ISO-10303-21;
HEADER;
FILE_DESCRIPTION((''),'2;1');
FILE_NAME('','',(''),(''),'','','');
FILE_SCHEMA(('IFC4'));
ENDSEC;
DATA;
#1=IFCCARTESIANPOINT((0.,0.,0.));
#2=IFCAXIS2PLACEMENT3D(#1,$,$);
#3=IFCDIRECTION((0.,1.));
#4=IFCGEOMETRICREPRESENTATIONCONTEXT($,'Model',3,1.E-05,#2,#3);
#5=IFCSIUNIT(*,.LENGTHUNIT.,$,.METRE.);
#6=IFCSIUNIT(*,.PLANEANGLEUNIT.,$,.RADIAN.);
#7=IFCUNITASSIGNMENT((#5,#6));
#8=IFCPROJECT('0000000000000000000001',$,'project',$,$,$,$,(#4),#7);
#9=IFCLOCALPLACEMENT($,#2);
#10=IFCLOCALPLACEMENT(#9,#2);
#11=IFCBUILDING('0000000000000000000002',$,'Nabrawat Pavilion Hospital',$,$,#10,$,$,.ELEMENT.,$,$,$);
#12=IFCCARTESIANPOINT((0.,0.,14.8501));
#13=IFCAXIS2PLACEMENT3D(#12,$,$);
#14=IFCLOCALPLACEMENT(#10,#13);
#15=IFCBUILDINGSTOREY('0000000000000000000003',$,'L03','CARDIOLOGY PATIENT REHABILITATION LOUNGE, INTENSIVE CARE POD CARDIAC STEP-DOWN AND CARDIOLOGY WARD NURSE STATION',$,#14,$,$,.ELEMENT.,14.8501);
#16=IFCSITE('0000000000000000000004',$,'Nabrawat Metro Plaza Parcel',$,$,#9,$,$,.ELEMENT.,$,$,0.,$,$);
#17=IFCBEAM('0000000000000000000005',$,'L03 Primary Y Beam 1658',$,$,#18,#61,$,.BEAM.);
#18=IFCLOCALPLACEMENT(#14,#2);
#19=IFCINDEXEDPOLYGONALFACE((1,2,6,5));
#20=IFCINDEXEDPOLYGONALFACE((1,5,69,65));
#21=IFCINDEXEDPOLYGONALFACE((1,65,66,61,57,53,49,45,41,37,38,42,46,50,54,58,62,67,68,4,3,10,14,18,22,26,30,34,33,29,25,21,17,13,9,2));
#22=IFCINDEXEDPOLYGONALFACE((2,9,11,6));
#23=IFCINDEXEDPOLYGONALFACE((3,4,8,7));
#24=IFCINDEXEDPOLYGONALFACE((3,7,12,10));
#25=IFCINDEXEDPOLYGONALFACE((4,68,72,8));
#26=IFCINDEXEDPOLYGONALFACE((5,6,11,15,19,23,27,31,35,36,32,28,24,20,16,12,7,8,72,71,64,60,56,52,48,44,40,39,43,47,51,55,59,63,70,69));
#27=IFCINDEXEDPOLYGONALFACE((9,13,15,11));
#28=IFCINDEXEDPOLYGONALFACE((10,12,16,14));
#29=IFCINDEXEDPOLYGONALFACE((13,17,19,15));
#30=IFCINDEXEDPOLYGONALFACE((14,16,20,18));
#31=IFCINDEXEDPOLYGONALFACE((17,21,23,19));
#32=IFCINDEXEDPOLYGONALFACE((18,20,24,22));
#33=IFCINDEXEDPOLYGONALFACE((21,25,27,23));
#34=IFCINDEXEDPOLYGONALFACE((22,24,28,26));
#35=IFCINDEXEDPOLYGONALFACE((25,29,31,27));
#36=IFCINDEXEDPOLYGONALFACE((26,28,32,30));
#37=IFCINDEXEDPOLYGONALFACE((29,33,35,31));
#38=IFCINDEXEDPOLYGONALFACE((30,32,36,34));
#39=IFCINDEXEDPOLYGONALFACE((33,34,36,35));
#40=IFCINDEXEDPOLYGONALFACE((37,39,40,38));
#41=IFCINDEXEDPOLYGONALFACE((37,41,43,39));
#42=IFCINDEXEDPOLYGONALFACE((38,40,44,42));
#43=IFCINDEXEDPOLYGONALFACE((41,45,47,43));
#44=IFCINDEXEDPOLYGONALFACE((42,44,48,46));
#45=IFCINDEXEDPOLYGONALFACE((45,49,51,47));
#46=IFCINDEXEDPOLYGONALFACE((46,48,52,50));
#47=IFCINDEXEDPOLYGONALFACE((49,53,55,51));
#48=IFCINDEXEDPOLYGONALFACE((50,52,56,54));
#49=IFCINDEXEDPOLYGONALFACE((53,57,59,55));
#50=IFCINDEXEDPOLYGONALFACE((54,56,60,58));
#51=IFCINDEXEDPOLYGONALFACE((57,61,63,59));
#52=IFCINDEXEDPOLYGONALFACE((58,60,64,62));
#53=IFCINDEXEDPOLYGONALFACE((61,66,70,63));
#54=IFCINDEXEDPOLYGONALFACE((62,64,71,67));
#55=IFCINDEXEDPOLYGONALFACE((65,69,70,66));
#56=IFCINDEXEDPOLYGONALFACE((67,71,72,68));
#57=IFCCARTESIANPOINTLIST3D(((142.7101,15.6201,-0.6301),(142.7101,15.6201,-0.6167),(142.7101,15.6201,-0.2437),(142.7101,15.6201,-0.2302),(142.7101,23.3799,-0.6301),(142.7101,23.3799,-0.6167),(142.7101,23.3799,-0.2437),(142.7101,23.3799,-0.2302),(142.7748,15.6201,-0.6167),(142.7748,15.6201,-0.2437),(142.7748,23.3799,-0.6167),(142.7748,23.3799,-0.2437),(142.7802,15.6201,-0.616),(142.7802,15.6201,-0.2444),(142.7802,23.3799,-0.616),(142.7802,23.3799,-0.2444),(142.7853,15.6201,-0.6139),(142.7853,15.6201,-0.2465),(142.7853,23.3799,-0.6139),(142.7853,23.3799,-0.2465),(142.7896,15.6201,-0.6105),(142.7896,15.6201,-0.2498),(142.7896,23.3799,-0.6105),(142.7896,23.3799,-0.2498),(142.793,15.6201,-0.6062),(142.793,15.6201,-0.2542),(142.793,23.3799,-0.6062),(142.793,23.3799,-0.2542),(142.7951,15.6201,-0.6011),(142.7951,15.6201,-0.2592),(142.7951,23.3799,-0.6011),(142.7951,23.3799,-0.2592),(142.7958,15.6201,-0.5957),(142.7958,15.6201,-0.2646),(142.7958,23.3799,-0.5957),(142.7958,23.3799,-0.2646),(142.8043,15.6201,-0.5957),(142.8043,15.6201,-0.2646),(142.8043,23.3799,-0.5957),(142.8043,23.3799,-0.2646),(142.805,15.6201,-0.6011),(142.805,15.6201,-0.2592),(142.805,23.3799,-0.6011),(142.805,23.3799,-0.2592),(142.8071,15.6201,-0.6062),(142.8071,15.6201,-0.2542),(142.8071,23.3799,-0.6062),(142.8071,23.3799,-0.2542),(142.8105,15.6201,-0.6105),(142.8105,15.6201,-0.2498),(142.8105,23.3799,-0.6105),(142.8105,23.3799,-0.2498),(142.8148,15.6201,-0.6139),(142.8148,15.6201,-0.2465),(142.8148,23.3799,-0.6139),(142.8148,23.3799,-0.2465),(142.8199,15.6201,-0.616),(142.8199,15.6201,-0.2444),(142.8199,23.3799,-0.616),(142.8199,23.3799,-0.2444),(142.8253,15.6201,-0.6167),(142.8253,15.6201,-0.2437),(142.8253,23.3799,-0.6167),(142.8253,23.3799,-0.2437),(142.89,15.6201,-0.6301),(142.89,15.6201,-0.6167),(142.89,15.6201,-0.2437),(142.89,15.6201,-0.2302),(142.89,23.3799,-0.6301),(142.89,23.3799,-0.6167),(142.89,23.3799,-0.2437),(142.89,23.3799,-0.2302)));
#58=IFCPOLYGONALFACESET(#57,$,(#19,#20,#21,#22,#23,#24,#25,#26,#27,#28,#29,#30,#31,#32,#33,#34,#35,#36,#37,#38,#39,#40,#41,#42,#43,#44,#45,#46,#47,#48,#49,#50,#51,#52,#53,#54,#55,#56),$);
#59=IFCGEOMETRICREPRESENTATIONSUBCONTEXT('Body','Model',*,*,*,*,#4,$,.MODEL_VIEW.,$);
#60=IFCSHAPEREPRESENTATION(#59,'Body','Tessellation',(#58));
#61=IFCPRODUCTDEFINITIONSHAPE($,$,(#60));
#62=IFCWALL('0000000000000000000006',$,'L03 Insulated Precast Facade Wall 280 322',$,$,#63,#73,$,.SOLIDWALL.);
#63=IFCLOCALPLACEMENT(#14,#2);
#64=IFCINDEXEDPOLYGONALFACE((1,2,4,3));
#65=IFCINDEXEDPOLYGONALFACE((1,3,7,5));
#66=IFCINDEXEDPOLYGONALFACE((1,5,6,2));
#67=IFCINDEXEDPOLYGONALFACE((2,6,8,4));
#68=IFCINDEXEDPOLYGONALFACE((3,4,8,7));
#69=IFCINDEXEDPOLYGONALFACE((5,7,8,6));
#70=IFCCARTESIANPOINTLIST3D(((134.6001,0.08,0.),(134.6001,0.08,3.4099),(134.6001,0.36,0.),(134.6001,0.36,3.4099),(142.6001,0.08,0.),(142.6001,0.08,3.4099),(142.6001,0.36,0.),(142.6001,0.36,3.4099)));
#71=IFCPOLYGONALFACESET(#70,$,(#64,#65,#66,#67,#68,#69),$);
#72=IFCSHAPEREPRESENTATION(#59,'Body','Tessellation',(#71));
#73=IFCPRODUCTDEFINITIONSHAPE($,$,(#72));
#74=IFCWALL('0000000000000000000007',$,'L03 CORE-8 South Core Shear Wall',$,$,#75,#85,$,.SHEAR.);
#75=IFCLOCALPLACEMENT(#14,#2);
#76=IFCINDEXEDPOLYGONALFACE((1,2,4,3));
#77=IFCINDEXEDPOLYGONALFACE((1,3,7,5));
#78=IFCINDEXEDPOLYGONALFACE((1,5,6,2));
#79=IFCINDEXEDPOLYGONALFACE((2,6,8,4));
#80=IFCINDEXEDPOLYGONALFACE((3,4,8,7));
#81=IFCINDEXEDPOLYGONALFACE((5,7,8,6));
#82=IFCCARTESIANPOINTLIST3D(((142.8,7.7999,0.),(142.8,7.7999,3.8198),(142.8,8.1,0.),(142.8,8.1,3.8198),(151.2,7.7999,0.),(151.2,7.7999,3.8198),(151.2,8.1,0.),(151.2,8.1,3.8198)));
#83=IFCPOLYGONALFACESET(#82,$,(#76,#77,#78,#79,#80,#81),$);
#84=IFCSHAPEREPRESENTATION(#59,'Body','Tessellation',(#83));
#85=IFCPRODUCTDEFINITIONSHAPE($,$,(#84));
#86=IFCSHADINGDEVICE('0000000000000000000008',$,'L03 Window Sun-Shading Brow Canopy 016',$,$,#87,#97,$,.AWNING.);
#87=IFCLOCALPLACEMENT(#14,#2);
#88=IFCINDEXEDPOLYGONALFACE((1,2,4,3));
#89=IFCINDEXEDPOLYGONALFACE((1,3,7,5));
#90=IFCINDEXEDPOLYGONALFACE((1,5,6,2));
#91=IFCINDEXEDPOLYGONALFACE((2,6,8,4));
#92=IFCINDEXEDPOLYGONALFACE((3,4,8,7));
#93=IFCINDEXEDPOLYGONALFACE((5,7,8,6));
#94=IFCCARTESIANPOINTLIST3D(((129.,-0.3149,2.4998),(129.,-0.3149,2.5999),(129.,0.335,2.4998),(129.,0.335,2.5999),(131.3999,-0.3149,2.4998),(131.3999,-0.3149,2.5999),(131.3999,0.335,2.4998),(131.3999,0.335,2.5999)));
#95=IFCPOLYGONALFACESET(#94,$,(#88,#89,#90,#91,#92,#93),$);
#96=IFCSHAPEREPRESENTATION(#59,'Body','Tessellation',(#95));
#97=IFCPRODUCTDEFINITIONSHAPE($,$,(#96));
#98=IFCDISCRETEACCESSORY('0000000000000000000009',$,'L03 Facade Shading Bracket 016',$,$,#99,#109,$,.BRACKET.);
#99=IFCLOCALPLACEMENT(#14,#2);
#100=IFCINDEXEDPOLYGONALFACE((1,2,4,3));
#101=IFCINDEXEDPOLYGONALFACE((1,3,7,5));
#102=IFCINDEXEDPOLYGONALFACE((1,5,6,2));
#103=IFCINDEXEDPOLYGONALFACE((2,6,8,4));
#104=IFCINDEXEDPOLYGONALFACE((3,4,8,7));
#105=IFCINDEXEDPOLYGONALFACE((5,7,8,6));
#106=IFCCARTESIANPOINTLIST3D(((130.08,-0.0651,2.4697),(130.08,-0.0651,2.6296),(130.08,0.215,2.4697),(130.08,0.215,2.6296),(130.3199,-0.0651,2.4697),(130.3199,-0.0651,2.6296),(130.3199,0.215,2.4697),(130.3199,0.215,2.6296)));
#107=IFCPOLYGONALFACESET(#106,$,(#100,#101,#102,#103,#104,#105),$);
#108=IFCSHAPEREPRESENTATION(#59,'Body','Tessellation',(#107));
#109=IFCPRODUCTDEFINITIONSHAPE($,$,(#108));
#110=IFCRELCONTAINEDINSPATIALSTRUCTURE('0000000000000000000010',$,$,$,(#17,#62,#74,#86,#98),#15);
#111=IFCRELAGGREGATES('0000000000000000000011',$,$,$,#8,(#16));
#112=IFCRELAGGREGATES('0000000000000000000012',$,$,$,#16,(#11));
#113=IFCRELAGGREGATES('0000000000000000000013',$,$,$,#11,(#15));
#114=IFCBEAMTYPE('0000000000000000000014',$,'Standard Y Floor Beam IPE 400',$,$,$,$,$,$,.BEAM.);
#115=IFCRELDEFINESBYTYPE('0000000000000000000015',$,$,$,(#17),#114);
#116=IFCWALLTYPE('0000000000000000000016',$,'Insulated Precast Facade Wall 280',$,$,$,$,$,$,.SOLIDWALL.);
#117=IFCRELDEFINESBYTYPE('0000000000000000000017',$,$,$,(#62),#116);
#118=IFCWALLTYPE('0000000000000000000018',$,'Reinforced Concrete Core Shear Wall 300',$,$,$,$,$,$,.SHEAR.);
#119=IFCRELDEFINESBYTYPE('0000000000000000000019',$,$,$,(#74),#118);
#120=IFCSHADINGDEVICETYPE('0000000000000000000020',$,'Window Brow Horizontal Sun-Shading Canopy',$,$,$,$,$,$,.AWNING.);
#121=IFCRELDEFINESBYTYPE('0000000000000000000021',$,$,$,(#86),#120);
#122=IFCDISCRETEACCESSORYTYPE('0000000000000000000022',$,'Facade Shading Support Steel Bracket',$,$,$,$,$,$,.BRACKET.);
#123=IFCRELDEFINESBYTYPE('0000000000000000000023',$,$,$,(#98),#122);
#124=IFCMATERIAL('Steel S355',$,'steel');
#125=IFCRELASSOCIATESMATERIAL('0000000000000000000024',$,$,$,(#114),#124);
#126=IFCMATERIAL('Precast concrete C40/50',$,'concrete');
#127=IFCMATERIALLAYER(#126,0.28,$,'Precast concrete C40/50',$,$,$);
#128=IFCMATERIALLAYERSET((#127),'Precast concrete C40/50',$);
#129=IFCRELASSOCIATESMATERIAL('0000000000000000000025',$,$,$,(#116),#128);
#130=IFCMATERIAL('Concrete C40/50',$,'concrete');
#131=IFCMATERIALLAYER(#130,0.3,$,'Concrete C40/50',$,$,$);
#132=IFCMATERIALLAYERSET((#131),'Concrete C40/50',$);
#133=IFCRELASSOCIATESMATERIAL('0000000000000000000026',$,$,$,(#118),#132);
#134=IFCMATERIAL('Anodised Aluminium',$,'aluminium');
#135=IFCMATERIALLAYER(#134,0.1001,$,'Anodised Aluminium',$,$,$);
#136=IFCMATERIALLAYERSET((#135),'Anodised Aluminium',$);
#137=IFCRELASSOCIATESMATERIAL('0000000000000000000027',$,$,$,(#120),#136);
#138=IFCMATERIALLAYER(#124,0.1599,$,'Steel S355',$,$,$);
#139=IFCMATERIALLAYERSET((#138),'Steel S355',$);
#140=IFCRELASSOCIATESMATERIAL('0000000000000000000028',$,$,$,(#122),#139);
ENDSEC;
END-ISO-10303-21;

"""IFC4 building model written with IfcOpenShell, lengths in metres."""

from ifc_helpers import new_model, si_unit, direction, frame, frame_2d, origin, origin_2d, place, context, subcontext, project, spatial, rectangle, i_section, extrude, material, layer, layer_set, material_profile, profile_set, type_object, element, save


model = new_model("IFC4")

# Units and contexts
model_context = context("Model", 3, precision=1e-05, world=origin(), true_north=direction((0.0, 1.0)))
body_context = subcontext(model_context, "Body", "Model", "MODEL_VIEW")
ifc_project = project(units=[si_unit("LENGTHUNIT", "METRE"), si_unit("PLANEANGLEUNIT", "RADIAN")], contexts=[model_context])

# Site, building, storey
site_placement = place(None, origin())
site = spatial("IfcSite", under=ifc_project, at=site_placement, Name="Nabrawat Metro Plaza Parcel", CompositionType="ELEMENT", RefElevation=0.0)
building_placement = place(site_placement, origin())
building = spatial("IfcBuilding", under=site, at=building_placement, Name="Nabrawat Pavilion Hospital", CompositionType="ELEMENT")
storey_placement = place(building_placement, frame((0.0, 0.0, 14.8501)))
storey = spatial("IfcBuildingStorey", under=building, at=storey_placement, Name="L03", Description="CARDIOLOGY PATIENT REHABILITATION LOUNGE, INTENSIVE CARE POD CARDIAC STEP-DOWN AND CARDIOLOGY WARD NURSE STATION", CompositionType="ELEMENT", Elevation=14.8501)

# Shared definitions
ifc_material_1 = material(Name="Steel S355", Category="steel")

# Beam
ifc_material_profile_1 = material_profile(ifc_material_1, i_section(OverallWidth=0.1799, OverallDepth=0.3999, WebThickness=0.0085, FlangeThickness=0.0134, FilletRadius=0.021, at=origin_2d()), Name="IPE 400")
ifc_profile_set_1 = profile_set([ifc_material_profile_1], Name="Steel S355")
beam_type_1 = type_object("IfcBeamType", Name="Standard Y Floor Beam IPE 400", PredefinedType="BEAM", material=ifc_profile_set_1)
beam_1_placement = place(storey_placement, frame((142.8, 15.6201, -0.4302), z_axis=(0.0, 1.0, 0.0), x_axis=(-1.0, 0.0, 0.0)))
element("IfcBeam", 1, at=beam_1_placement, inside=storey, type_object=beam_type_1, Name="L03 Primary Y Beam 1658", PredefinedType="BEAM", context=body_context, shape_type="SweptSolid", body=[
    extrude(i_section(OverallWidth=0.1799, OverallDepth=0.3999, WebThickness=0.0085, FlangeThickness=0.0134, FilletRadius=0.021, at=origin_2d()), origin(), (0.0, 0.0, 1.0), 7.7598),
])

# Walls
ifc_material_2 = material(Name="Precast concrete C40/50", Category="concrete")
ifc_layer_1 = layer(ifc_material_2, 0.28, Name="Precast concrete C40/50")
ifc_layer_set_1 = layer_set([ifc_layer_1], Name="Precast concrete C40/50")
wall_type_1 = type_object("IfcWallType", Name="Insulated Precast Facade Wall 280", PredefinedType="SOLIDWALL", material=ifc_layer_set_1)
wall_1_placement = place(storey_placement, frame((134.6001, 0.22, 0.0), z_axis=(0.0, 0.0, 1.0), x_axis=(1.0, 0.0, 0.0)))
element("IfcWall", 2, at=wall_1_placement, inside=storey, type_object=wall_type_1, Name="L03 Insulated Precast Facade Wall 280 322", PredefinedType="SOLIDWALL", context=body_context, shape_type="SweptSolid", body=[
    extrude(rectangle(XDim=8.0, YDim=0.28, at=frame_2d((4.0, 0.0))), origin(), (0.0, 0.0, 1.0), 3.4099),
])
ifc_material_3 = material(Name="Concrete C40/50", Category="concrete")
ifc_layer_2 = layer(ifc_material_3, 0.3, Name="Concrete C40/50")
ifc_layer_set_2 = layer_set([ifc_layer_2], Name="Concrete C40/50")
wall_type_2 = type_object("IfcWallType", Name="Reinforced Concrete Core Shear Wall 300", PredefinedType="SHEAR", material=ifc_layer_set_2)
wall_2_placement = place(storey_placement, frame((142.8, 7.95, 0.0), z_axis=(0.0, 0.0, 1.0), x_axis=(1.0, 0.0, 0.0)))
element("IfcWall", 3, at=wall_2_placement, inside=storey, type_object=wall_type_2, Name="L03 CORE-8 South Core Shear Wall", PredefinedType="SHEAR", context=body_context, shape_type="SweptSolid", body=[
    extrude(rectangle(XDim=8.3999, YDim=0.3, at=frame_2d((4.2, 0.0))), origin(), (0.0, 0.0, 1.0), 3.8198),
])

# Shading device
ifc_material_4 = material(Name="Anodised Aluminium", Category="aluminium")
ifc_layer_3 = layer(ifc_material_4, 0.1001, Name="Anodised Aluminium")
ifc_layer_set_3 = layer_set([ifc_layer_3], Name="Anodised Aluminium")
shading_device_type = type_object("IfcShadingDeviceType", Name="Window Brow Horizontal Sun-Shading Canopy", PredefinedType="AWNING", material=ifc_layer_set_3)
shading_device_placement = place(storey_placement, frame((130.2, 0.01, 2.4998), z_axis=(0.0, 0.0, 1.0), x_axis=(1.0, 0.0, 0.0)))
element("IfcShadingDevice", 4, at=shading_device_placement, inside=storey, type_object=shading_device_type, Name="L03 Window Sun-Shading Brow Canopy 016", PredefinedType="AWNING", context=body_context, shape_type="SweptSolid", body=[
    extrude(rectangle(XDim=2.3999, YDim=0.6499, at=origin_2d()), origin(), (0.0, 0.0, 1.0), 0.1001),
])

# Discrete accessory
ifc_layer_4 = layer(ifc_material_1, 0.1599, Name="Steel S355")
ifc_layer_set_4 = layer_set([ifc_layer_4], Name="Steel S355")
discrete_accessory_type = type_object("IfcDiscreteAccessoryType", Name="Facade Shading Support Steel Bracket", PredefinedType="BRACKET", material=ifc_layer_set_4)
discrete_accessory_placement = place(storey_placement, frame((130.2, 0.075, 2.4697), z_axis=(0.0, 0.0, 1.0), x_axis=(1.0, 0.0, 0.0)))
element("IfcDiscreteAccessory", 5, at=discrete_accessory_placement, inside=storey, type_object=discrete_accessory_type, Name="L03 Facade Shading Bracket 016", PredefinedType="BRACKET", context=body_context, shape_type="SweptSolid", body=[
    extrude(rectangle(XDim=0.24, YDim=0.28, at=origin_2d()), origin(), (0.0, 0.0, 1.0), 0.1599),
])

save(model, "model.ifc")
